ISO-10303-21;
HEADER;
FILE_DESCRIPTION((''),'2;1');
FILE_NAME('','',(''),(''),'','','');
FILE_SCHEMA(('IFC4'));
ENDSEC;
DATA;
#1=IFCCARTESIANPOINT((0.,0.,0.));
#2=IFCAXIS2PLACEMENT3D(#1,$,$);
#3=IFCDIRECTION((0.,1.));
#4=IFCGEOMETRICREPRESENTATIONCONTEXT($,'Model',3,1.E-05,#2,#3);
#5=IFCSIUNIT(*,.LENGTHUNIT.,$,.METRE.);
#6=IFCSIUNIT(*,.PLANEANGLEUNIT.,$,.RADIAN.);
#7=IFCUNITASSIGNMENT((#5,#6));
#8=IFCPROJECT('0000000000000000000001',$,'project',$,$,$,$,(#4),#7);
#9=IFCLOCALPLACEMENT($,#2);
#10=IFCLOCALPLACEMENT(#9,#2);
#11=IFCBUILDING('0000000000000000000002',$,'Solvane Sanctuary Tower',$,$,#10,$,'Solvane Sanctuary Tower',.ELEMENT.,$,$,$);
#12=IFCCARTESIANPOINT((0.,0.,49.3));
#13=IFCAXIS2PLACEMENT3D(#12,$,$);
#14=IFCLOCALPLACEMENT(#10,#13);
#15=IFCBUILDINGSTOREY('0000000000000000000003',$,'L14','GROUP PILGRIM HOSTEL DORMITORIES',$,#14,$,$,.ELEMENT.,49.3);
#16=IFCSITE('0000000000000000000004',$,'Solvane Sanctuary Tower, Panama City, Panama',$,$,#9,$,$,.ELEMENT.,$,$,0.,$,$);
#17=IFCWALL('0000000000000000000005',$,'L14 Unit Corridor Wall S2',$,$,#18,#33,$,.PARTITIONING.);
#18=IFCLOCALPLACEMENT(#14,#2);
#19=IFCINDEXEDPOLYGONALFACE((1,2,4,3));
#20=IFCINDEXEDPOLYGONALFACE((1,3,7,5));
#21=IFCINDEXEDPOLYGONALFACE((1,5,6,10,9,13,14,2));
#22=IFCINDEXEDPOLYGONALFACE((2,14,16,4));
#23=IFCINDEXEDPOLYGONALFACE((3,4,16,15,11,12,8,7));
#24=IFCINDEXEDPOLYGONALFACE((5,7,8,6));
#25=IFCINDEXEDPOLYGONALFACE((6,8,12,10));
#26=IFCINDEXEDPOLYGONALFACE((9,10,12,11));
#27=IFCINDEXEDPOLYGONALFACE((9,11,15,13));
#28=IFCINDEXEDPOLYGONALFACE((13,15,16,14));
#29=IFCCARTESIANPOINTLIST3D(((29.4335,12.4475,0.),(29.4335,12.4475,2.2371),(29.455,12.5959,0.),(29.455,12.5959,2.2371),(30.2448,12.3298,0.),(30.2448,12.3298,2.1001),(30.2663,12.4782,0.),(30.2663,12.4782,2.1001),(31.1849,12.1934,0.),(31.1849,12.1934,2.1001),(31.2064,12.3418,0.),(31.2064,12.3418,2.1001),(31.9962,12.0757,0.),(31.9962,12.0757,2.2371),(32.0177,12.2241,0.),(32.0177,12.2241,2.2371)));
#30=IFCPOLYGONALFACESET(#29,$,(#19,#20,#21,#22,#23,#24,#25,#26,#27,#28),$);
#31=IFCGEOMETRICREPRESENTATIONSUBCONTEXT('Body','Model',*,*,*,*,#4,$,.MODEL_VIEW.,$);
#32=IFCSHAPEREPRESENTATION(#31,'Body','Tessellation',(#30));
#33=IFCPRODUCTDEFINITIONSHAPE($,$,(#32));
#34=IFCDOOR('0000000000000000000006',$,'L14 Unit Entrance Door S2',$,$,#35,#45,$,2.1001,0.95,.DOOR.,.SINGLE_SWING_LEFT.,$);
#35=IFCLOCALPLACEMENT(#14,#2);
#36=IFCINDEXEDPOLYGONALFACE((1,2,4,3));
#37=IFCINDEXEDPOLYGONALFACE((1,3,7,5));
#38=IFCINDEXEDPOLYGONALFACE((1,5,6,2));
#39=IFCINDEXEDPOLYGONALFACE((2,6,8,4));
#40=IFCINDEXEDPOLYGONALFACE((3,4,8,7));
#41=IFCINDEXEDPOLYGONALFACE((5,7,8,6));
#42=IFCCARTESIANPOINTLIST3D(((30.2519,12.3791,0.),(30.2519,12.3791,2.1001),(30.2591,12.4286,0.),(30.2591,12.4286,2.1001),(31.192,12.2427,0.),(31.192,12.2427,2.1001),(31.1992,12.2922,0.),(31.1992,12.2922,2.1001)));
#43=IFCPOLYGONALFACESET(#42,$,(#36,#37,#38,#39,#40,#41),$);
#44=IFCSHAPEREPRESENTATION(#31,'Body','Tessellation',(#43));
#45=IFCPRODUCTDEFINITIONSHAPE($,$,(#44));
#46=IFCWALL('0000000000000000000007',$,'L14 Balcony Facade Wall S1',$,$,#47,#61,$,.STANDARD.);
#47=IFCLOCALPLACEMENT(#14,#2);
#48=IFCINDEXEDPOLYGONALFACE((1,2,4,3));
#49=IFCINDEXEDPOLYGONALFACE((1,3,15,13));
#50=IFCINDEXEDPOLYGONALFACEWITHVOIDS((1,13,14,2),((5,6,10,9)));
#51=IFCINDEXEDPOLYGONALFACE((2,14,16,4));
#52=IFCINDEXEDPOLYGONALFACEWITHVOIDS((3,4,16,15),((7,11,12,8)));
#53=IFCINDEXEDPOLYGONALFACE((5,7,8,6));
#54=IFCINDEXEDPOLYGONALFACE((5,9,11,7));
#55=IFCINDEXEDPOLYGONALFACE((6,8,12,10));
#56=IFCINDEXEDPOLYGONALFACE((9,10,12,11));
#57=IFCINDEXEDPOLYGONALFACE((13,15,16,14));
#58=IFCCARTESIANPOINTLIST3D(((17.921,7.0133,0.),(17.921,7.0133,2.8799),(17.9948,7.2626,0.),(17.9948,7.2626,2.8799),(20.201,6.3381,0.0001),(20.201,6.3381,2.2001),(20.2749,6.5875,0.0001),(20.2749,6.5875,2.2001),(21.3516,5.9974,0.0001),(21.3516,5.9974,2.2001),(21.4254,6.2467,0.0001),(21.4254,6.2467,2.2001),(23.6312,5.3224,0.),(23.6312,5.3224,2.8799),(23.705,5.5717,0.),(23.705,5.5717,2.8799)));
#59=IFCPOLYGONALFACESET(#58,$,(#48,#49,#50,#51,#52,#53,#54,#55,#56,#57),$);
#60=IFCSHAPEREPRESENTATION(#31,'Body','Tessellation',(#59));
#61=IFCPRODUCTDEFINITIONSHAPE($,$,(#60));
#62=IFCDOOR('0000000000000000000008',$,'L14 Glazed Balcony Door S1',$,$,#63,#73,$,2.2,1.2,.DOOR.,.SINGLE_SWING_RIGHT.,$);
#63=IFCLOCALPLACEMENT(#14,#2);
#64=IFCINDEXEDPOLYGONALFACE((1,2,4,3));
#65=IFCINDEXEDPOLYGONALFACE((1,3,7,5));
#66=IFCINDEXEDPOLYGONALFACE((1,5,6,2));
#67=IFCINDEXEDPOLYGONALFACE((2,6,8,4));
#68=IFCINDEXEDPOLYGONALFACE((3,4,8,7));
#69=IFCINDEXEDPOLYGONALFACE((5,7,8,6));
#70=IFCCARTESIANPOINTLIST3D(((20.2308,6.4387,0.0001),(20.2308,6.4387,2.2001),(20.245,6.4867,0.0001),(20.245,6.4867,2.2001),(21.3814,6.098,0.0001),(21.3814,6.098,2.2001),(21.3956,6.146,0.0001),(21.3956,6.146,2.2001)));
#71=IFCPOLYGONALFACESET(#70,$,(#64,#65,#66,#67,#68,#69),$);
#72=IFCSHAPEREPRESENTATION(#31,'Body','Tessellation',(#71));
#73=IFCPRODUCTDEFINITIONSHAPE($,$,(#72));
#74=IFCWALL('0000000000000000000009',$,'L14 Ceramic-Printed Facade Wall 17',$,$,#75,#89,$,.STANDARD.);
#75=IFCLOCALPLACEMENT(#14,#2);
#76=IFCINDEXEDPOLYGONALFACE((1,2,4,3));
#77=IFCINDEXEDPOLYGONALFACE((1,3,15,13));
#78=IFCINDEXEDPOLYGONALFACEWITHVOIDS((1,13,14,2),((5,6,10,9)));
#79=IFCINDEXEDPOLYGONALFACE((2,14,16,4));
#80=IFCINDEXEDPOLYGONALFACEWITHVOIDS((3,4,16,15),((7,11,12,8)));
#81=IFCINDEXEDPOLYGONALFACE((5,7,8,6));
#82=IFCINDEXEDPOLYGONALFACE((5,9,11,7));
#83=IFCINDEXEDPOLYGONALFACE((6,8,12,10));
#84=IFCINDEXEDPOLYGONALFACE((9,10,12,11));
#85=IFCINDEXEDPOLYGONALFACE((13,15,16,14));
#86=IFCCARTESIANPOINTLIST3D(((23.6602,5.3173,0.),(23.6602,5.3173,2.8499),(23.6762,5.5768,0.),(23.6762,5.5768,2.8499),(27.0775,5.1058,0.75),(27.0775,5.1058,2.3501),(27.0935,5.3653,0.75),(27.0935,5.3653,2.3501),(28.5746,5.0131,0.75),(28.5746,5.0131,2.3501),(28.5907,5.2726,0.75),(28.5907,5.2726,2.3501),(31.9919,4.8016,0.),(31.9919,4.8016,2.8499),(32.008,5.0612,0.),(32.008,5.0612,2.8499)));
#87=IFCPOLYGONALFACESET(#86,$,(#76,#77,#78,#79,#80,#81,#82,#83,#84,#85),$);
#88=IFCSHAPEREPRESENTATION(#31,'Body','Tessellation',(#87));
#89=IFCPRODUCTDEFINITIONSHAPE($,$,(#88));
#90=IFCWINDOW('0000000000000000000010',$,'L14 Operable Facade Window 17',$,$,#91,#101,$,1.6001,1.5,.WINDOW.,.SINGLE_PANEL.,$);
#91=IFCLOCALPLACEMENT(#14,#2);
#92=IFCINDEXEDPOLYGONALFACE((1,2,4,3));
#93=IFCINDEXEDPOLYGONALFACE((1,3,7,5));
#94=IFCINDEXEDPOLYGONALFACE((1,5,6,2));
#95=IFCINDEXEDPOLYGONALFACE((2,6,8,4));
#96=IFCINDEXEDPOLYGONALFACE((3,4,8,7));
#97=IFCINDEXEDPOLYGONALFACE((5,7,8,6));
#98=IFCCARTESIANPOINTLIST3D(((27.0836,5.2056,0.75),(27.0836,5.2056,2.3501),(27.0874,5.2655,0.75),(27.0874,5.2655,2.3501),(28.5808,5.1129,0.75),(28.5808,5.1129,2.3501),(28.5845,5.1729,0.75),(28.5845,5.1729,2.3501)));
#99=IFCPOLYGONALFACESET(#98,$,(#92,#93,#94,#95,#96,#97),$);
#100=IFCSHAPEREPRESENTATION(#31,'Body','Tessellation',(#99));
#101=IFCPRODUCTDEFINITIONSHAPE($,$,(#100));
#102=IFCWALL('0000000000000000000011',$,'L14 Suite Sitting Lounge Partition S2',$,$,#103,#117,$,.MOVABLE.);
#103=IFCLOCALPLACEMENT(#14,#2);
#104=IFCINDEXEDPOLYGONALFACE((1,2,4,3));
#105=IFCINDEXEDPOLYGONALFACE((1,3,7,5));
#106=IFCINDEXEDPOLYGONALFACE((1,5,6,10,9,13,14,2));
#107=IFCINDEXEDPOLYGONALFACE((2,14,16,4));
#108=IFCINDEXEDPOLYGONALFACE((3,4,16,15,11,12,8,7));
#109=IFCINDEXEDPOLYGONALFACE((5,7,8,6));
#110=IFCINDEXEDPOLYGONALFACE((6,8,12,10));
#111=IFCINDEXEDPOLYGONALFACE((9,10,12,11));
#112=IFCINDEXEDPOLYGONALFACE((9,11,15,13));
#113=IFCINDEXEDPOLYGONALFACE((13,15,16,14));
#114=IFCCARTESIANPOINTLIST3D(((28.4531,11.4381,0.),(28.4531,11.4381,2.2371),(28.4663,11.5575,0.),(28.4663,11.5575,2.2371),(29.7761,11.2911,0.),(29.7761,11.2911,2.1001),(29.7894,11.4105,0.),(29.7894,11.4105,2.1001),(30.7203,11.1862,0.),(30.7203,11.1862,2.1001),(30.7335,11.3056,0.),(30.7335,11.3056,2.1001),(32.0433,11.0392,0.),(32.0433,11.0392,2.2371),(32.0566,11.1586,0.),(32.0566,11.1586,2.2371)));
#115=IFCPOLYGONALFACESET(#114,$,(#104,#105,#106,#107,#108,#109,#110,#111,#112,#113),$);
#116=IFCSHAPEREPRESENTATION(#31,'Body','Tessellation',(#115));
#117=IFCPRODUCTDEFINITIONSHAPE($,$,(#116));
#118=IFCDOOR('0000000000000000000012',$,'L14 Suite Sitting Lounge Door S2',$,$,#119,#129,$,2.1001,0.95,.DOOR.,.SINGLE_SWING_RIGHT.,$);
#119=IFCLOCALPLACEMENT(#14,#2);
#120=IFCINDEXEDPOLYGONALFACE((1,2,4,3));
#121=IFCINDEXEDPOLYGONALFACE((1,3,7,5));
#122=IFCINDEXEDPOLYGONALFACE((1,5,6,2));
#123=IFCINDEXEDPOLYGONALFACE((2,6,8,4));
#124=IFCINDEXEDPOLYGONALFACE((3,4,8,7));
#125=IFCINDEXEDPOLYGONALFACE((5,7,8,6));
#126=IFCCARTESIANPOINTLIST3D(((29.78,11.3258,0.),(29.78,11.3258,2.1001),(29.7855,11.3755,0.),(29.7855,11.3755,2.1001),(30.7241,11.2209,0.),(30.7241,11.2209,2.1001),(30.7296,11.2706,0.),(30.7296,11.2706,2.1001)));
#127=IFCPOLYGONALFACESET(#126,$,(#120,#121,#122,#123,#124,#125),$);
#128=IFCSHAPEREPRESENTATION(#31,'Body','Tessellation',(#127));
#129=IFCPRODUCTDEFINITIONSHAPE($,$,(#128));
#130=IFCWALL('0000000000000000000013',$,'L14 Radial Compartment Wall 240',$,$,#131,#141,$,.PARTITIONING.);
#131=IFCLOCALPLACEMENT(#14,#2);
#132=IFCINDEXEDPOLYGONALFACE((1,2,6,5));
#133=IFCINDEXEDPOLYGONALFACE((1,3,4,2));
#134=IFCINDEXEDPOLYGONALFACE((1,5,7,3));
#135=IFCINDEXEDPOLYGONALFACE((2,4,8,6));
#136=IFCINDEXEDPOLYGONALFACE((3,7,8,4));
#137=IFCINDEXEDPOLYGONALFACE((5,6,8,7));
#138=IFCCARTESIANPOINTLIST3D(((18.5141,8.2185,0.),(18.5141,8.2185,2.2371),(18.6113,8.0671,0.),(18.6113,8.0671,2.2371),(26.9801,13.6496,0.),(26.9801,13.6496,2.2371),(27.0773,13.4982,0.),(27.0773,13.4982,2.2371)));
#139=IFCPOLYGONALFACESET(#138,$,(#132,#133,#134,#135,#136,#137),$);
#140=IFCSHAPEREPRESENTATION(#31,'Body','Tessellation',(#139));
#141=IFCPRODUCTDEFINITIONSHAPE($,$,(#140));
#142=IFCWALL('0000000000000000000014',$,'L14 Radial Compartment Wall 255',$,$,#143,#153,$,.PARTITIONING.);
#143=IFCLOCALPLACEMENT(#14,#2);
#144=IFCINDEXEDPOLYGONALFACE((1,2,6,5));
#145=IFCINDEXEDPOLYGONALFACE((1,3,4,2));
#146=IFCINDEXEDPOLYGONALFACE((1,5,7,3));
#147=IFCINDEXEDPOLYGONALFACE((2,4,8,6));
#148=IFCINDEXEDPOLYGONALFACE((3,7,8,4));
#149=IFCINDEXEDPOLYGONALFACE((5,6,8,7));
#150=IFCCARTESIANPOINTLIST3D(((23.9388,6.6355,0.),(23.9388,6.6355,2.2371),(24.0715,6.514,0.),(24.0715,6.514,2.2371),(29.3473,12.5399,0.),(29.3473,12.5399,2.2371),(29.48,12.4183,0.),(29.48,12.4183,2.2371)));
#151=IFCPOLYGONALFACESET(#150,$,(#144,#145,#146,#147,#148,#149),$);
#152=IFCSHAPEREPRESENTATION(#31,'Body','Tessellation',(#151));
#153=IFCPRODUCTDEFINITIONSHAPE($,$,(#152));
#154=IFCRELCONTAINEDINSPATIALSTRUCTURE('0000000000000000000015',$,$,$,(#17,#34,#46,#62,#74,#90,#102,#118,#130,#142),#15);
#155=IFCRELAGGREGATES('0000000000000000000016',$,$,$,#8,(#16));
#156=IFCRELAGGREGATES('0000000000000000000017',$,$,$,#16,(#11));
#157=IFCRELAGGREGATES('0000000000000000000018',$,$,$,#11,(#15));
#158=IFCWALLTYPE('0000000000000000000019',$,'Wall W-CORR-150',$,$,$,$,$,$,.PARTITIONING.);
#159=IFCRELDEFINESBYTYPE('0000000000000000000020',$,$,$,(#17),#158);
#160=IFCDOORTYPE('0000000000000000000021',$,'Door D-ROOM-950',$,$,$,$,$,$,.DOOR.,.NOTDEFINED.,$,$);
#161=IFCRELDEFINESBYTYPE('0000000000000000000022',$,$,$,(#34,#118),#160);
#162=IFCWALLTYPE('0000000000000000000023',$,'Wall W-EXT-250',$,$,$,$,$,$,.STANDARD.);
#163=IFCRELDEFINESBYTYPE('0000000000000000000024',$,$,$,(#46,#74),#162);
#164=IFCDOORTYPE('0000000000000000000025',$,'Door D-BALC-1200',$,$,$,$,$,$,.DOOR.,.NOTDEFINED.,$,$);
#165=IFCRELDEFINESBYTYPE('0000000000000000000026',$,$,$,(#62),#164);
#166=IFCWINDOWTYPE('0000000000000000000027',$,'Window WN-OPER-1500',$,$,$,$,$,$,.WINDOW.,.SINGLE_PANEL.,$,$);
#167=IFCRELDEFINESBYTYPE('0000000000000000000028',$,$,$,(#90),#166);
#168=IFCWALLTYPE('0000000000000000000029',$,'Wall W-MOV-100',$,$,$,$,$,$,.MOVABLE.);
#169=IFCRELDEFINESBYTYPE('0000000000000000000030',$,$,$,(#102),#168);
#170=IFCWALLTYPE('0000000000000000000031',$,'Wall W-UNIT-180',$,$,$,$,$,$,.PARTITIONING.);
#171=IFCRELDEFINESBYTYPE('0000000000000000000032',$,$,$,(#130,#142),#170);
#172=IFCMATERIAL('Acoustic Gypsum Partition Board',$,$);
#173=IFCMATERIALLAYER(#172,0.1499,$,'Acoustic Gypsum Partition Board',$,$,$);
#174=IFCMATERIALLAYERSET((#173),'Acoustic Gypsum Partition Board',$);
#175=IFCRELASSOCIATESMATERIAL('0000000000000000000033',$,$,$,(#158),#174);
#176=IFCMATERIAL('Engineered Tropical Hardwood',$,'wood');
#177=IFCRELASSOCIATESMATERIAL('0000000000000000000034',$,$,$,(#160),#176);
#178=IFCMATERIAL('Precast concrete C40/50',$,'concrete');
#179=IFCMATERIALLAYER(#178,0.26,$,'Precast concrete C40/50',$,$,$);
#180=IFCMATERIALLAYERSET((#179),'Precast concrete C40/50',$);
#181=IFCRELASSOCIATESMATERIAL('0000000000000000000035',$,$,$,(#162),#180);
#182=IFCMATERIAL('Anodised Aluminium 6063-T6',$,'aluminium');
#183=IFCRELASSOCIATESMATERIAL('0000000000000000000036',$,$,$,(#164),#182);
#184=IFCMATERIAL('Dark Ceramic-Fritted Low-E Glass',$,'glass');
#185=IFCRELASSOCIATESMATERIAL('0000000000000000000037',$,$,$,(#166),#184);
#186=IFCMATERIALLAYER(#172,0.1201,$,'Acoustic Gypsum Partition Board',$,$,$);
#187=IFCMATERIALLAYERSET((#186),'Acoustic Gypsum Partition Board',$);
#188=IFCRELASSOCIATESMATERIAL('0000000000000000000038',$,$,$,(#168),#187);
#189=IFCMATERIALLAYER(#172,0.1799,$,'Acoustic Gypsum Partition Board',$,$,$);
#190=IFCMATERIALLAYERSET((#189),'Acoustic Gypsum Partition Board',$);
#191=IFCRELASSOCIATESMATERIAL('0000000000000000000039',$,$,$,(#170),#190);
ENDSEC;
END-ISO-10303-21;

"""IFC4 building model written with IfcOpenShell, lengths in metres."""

from ifc_helpers import new_model, si_unit, direction, frame, frame_2d, origin, place, context, subcontext, project, spatial, rectangle, extrude, material, layer, layer_set, type_object, element, fill, save


model = new_model("IFC4")

# Units and contexts
model_context = context("Model", 3, precision=1e-05, world=origin(), true_north=direction((0.0, 1.0)))
body_context = subcontext(model_context, "Body", "Model", "MODEL_VIEW")
ifc_project = project(units=[si_unit("LENGTHUNIT", "METRE"), si_unit("PLANEANGLEUNIT", "RADIAN")], contexts=[model_context])

# Site, building, storey
site_placement = place(None, origin())
site = spatial("IfcSite", under=ifc_project, at=site_placement, Name="Solvane Sanctuary Tower, Panama City, Panama", CompositionType="ELEMENT", RefElevation=0.0)
building_placement = place(site_placement, origin())
building = spatial("IfcBuilding", under=site, at=building_placement, Name="Solvane Sanctuary Tower", LongName="Solvane Sanctuary Tower", CompositionType="ELEMENT")
storey_placement = place(building_placement, frame((0.0, 0.0, 49.3)))
storey = spatial("IfcBuildingStorey", under=building, at=storey_placement, Name="L14", Description="GROUP PILGRIM HOSTEL DORMITORIES", CompositionType="ELEMENT", Elevation=49.3)

# Shared definitions
ifc_material_1 = material(Name="Acoustic Gypsum Partition Board")
ifc_layer_1 = layer(ifc_material_1, 0.1499, Name="Acoustic Gypsum Partition Board")
ifc_layer_set_1 = layer_set([ifc_layer_1], Name="Acoustic Gypsum Partition Board")
wall_type_1 = type_object("IfcWallType", Name="Wall W-CORR-150", PredefinedType="PARTITIONING", material=ifc_layer_set_1)

# Walls, openings, doors
ifc_material_2 = material(Name="Engineered Tropical Hardwood", Category="wood")
door_type_1 = type_object("IfcDoorType", Name="Door D-ROOM-950", OperationType="NOTDEFINED", PredefinedType="DOOR", material=ifc_material_2)
wall_1_placement = place(storey_placement, frame((29.4441, 12.5217, 0.0), z_axis=(0.0, 0.0, 1.0), x_axis=(0.989638, -0.143586, 0.0)))
wall_1 = element("IfcWall", 1, at=wall_1_placement, inside=storey, type_object=wall_type_1, Name="L14 Unit Corridor Wall S2", PredefinedType="PARTITIONING", context=body_context, shape_type="SweptSolid", body=[
    extrude(rectangle(XDim=2.5896, YDim=0.1499, at=frame_2d((1.2949, 0.0))), origin(), (0.0, 0.0, 1.0), 2.2371),
])
opening_1_placement = place(wall_1_placement, frame((0.8198, 0.0, 0.0)))
opening_1 = element("IfcOpeningElement", 2, at=opening_1_placement, cuts=wall_1, PredefinedType="OPENING", context=body_context, shape_type="SweptSolid", body=[
    extrude(rectangle(XDim=0.95, YDim=2.1001, at=frame_2d((0.4751, 1.05))), frame((0.0, 0.085, 0.0), z_axis=(0.0, -1.0, 0.0), x_axis=(1.0, 0.0, 0.0)), (0.0, 0.0, 1.0), 0.1699),
])
door_1_placement = place(opening_1_placement, origin())
door_1 = element("IfcDoor", 3, at=door_1_placement, inside=storey, type_object=door_type_1, Name="L14 Unit Entrance Door S2", OperationType="SINGLE_SWING_LEFT", OverallHeight=2.1001, OverallWidth=0.95, PredefinedType="DOOR", context=body_context, shape_type="SweptSolid", body=[
    extrude(rectangle(XDim=0.95, YDim=2.1001, at=frame_2d((0.4751, 1.05))), frame((0.0, 0.0249, 0.0), z_axis=(0.0, -1.0, 0.0), x_axis=(1.0, 0.0, 0.0)), (0.0, 0.0, 1.0), 0.05),
])
fill(opening_1, door_1)
ifc_material_3 = material(Name="Precast concrete C40/50", Category="concrete")
ifc_layer_2 = layer(ifc_material_3, 0.26, Name="Precast concrete C40/50")
ifc_layer_set_2 = layer_set([ifc_layer_2], Name="Precast concrete C40/50")
wall_type_2 = type_object("IfcWallType", Name="Wall W-EXT-250", PredefinedType="STANDARD", material=ifc_layer_set_2)
wall_2_placement = place(storey_placement, frame((17.958, 7.1379, 0.0), z_axis=(0.0, 0.0, 1.0), x_axis=(0.958844, -0.283935, 0.0)))
wall_2 = element("IfcWall", 4, at=wall_2_placement, inside=storey, type_object=wall_type_2, Name="L14 Balcony Facade Wall S1", PredefinedType="STANDARD", context=body_context, shape_type="SweptSolid", body=[
    extrude(rectangle(XDim=5.9553, YDim=0.26, at=frame_2d((2.9775, 0.0))), origin(), (0.0, 0.0, 1.0), 2.8799),
])
opening_2_placement = place(wall_2_placement, frame((2.3777, 0.0, 0.0)))
opening_2 = element("IfcOpeningElement", 5, at=opening_2_placement, cuts=wall_2, PredefinedType="OPENING", context=body_context, shape_type="SweptSolid", body=[
    extrude(rectangle(XDim=1.2, YDim=2.2, at=frame_2d((0.6001, 1.1001))), frame((0.0, 0.1399, 0.0), z_axis=(0.0, -1.0, 0.0), x_axis=(1.0, 0.0, 0.0)), (0.0, 0.0, 1.0), 0.28),
])
ifc_material_4 = material(Name="Anodised Aluminium 6063-T6", Category="aluminium")
door_type_2 = type_object("IfcDoorType", Name="Door D-BALC-1200", OperationType="NOTDEFINED", PredefinedType="DOOR", material=ifc_material_4)
door_2_placement = place(opening_2_placement, origin())
door_2 = element("IfcDoor", 6, at=door_2_placement, inside=storey, type_object=door_type_2, Name="L14 Glazed Balcony Door S1", OperationType="SINGLE_SWING_RIGHT", OverallHeight=2.2, OverallWidth=1.2, PredefinedType="DOOR", context=body_context, shape_type="SweptSolid", body=[
    extrude(rectangle(XDim=1.2, YDim=2.2, at=frame_2d((0.6001, 1.1001))), frame((0.0, 0.0249, 0.0), z_axis=(0.0, -1.0, 0.0), x_axis=(1.0, 0.0, 0.0)), (0.0, 0.0, 1.0), 0.05),
])
fill(opening_2, door_2)

# Wall, opening, window
wall_3_placement = place(storey_placement, frame((23.6682, 5.447, 0.0), z_axis=(0.0, 0.0, 1.0), x_axis=(0.998091, -0.061768, 0.0)))
wall_3 = element("IfcWall", 7, at=wall_3_placement, inside=storey, type_object=wall_type_2, Name="L14 Ceramic-Printed Facade Wall 17", PredefinedType="STANDARD", context=body_context, shape_type="SweptSolid", body=[
    extrude(rectangle(XDim=8.3477, YDim=0.26, at=frame_2d((4.1738, 0.0))), origin(), (0.0, 0.0, 1.0), 2.8499),
])
opening_3_placement = place(wall_3_placement, frame((3.4238, 0.0, 0.75)))
opening_3 = element("IfcOpeningElement", 8, at=opening_3_placement, cuts=wall_3, PredefinedType="OPENING", context=body_context, shape_type="SweptSolid", body=[
    extrude(rectangle(XDim=1.5, YDim=1.6001, at=frame_2d((0.75, 0.8))), frame((0.0, 0.1399, 0.0), z_axis=(0.0, -1.0, 0.0), x_axis=(1.0, 0.0, 0.0)), (0.0, 0.0, 1.0), 0.28),
])
ifc_material_5 = material(Name="Dark Ceramic-Fritted Low-E Glass", Category="glass")
window_type = type_object("IfcWindowType", Name="Window WN-OPER-1500", PartitioningType="SINGLE_PANEL", PredefinedType="WINDOW", material=ifc_material_5)
window_placement = place(opening_3_placement, origin())
window = element("IfcWindow", 9, at=window_placement, inside=storey, type_object=window_type, Name="L14 Operable Facade Window 17", OverallHeight=1.6001, OverallWidth=1.5, PartitioningType="SINGLE_PANEL", PredefinedType="WINDOW", context=body_context, shape_type="SweptSolid", body=[
    extrude(rectangle(XDim=1.5, YDim=1.6001, at=frame_2d((0.75, 0.8))), frame((0.0, 0.03, 0.0), z_axis=(0.0, -1.0, 0.0), x_axis=(1.0, 0.0, 0.0)), (0.0, 0.0, 1.0), 0.0601),
])
fill(opening_3, window)

# Wall, opening, door
ifc_layer_3 = layer(ifc_material_1, 0.1201, Name="Acoustic Gypsum Partition Board")
ifc_layer_set_3 = layer_set([ifc_layer_3], Name="Acoustic Gypsum Partition Board")
wall_type_3 = type_object("IfcWallType", Name="Wall W-MOV-100", PredefinedType="MOVABLE", material=ifc_layer_set_3)
wall_4_placement = place(storey_placement, frame((28.4597, 11.4978, 0.0), z_axis=(0.0, 0.0, 1.0), x_axis=(0.993883, -0.110439, 0.0)))
wall_4 = element("IfcWall", 10, at=wall_4_placement, inside=storey, type_object=wall_type_3, Name="L14 Suite Sitting Lounge Partition S2", PredefinedType="MOVABLE", context=body_context, shape_type="SweptSolid", body=[
    extrude(rectangle(XDim=3.6123, YDim=0.1201, at=frame_2d((1.8062, 0.0))), origin(), (0.0, 0.0, 1.0), 2.2371),
])
opening_4_placement = place(wall_4_placement, frame((1.3311, 0.0, 0.0)))
opening_4 = element("IfcOpeningElement", 11, at=opening_4_placement, cuts=wall_4, PredefinedType="OPENING", context=body_context, shape_type="SweptSolid", body=[
    extrude(rectangle(XDim=0.95, YDim=2.1001, at=frame_2d((0.4751, 1.05))), frame((0.0, 0.0701, 0.0), z_axis=(0.0, -1.0, 0.0), x_axis=(1.0, 0.0, 0.0)), (0.0, 0.0, 1.0), 0.1401),
])
door_3_placement = place(opening_4_placement, origin())
door_3 = element("IfcDoor", 12, at=door_3_placement, inside=storey, type_object=door_type_1, Name="L14 Suite Sitting Lounge Door S2", OperationType="SINGLE_SWING_RIGHT", OverallHeight=2.1001, OverallWidth=0.95, PredefinedType="DOOR", context=body_context, shape_type="SweptSolid", body=[
    extrude(rectangle(XDim=0.95, YDim=2.1001, at=frame_2d((0.4751, 1.05))), frame((0.0, 0.0249, 0.0), z_axis=(0.0, -1.0, 0.0), x_axis=(1.0, 0.0, 0.0)), (0.0, 0.0, 1.0), 0.05),
])
fill(opening_4, door_3)

# Walls
ifc_layer_4 = layer(ifc_material_1, 0.1799, Name="Acoustic Gypsum Partition Board")
ifc_layer_set_4 = layer_set([ifc_layer_4], Name="Acoustic Gypsum Partition Board")
wall_type_4 = type_object("IfcWallType", Name="Wall W-UNIT-180", PredefinedType="PARTITIONING", material=ifc_layer_set_4)
wall_5_placement = place(storey_placement, frame((27.0288, 13.574, 0.0), z_axis=(0.0, 0.0, 1.0), x_axis=(-0.84169, -0.539961, 0.0)))
element("IfcWall", 13, at=wall_5_placement, inside=storey, type_object=wall_type_4, Name="L14 Radial Compartment Wall 240", PredefinedType="PARTITIONING", context=body_context, shape_type="SweptSolid", body=[
    extrude(rectangle(XDim=10.0583, YDim=0.1799, at=frame_2d((5.0293, 0.0))), origin(), (0.0, 0.0, 1.0), 2.2371),
])
wall_6_placement = place(storey_placement, frame((29.4136, 12.479, 0.0), z_axis=(0.0, 0.0, 1.0), x_axis=(-0.675465, -0.737392, 0.0)))
element("IfcWall", 14, at=wall_6_placement, inside=storey, type_object=wall_type_4, Name="L14 Radial Compartment Wall 255", PredefinedType="PARTITIONING", context=body_context, shape_type="SweptSolid", body=[
    extrude(rectangle(XDim=8.0071, YDim=0.1799, at=frame_2d((4.0034, 0.0))), origin(), (0.0, 0.0, 1.0), 2.2371),
])

save(model, "model.ifc")
